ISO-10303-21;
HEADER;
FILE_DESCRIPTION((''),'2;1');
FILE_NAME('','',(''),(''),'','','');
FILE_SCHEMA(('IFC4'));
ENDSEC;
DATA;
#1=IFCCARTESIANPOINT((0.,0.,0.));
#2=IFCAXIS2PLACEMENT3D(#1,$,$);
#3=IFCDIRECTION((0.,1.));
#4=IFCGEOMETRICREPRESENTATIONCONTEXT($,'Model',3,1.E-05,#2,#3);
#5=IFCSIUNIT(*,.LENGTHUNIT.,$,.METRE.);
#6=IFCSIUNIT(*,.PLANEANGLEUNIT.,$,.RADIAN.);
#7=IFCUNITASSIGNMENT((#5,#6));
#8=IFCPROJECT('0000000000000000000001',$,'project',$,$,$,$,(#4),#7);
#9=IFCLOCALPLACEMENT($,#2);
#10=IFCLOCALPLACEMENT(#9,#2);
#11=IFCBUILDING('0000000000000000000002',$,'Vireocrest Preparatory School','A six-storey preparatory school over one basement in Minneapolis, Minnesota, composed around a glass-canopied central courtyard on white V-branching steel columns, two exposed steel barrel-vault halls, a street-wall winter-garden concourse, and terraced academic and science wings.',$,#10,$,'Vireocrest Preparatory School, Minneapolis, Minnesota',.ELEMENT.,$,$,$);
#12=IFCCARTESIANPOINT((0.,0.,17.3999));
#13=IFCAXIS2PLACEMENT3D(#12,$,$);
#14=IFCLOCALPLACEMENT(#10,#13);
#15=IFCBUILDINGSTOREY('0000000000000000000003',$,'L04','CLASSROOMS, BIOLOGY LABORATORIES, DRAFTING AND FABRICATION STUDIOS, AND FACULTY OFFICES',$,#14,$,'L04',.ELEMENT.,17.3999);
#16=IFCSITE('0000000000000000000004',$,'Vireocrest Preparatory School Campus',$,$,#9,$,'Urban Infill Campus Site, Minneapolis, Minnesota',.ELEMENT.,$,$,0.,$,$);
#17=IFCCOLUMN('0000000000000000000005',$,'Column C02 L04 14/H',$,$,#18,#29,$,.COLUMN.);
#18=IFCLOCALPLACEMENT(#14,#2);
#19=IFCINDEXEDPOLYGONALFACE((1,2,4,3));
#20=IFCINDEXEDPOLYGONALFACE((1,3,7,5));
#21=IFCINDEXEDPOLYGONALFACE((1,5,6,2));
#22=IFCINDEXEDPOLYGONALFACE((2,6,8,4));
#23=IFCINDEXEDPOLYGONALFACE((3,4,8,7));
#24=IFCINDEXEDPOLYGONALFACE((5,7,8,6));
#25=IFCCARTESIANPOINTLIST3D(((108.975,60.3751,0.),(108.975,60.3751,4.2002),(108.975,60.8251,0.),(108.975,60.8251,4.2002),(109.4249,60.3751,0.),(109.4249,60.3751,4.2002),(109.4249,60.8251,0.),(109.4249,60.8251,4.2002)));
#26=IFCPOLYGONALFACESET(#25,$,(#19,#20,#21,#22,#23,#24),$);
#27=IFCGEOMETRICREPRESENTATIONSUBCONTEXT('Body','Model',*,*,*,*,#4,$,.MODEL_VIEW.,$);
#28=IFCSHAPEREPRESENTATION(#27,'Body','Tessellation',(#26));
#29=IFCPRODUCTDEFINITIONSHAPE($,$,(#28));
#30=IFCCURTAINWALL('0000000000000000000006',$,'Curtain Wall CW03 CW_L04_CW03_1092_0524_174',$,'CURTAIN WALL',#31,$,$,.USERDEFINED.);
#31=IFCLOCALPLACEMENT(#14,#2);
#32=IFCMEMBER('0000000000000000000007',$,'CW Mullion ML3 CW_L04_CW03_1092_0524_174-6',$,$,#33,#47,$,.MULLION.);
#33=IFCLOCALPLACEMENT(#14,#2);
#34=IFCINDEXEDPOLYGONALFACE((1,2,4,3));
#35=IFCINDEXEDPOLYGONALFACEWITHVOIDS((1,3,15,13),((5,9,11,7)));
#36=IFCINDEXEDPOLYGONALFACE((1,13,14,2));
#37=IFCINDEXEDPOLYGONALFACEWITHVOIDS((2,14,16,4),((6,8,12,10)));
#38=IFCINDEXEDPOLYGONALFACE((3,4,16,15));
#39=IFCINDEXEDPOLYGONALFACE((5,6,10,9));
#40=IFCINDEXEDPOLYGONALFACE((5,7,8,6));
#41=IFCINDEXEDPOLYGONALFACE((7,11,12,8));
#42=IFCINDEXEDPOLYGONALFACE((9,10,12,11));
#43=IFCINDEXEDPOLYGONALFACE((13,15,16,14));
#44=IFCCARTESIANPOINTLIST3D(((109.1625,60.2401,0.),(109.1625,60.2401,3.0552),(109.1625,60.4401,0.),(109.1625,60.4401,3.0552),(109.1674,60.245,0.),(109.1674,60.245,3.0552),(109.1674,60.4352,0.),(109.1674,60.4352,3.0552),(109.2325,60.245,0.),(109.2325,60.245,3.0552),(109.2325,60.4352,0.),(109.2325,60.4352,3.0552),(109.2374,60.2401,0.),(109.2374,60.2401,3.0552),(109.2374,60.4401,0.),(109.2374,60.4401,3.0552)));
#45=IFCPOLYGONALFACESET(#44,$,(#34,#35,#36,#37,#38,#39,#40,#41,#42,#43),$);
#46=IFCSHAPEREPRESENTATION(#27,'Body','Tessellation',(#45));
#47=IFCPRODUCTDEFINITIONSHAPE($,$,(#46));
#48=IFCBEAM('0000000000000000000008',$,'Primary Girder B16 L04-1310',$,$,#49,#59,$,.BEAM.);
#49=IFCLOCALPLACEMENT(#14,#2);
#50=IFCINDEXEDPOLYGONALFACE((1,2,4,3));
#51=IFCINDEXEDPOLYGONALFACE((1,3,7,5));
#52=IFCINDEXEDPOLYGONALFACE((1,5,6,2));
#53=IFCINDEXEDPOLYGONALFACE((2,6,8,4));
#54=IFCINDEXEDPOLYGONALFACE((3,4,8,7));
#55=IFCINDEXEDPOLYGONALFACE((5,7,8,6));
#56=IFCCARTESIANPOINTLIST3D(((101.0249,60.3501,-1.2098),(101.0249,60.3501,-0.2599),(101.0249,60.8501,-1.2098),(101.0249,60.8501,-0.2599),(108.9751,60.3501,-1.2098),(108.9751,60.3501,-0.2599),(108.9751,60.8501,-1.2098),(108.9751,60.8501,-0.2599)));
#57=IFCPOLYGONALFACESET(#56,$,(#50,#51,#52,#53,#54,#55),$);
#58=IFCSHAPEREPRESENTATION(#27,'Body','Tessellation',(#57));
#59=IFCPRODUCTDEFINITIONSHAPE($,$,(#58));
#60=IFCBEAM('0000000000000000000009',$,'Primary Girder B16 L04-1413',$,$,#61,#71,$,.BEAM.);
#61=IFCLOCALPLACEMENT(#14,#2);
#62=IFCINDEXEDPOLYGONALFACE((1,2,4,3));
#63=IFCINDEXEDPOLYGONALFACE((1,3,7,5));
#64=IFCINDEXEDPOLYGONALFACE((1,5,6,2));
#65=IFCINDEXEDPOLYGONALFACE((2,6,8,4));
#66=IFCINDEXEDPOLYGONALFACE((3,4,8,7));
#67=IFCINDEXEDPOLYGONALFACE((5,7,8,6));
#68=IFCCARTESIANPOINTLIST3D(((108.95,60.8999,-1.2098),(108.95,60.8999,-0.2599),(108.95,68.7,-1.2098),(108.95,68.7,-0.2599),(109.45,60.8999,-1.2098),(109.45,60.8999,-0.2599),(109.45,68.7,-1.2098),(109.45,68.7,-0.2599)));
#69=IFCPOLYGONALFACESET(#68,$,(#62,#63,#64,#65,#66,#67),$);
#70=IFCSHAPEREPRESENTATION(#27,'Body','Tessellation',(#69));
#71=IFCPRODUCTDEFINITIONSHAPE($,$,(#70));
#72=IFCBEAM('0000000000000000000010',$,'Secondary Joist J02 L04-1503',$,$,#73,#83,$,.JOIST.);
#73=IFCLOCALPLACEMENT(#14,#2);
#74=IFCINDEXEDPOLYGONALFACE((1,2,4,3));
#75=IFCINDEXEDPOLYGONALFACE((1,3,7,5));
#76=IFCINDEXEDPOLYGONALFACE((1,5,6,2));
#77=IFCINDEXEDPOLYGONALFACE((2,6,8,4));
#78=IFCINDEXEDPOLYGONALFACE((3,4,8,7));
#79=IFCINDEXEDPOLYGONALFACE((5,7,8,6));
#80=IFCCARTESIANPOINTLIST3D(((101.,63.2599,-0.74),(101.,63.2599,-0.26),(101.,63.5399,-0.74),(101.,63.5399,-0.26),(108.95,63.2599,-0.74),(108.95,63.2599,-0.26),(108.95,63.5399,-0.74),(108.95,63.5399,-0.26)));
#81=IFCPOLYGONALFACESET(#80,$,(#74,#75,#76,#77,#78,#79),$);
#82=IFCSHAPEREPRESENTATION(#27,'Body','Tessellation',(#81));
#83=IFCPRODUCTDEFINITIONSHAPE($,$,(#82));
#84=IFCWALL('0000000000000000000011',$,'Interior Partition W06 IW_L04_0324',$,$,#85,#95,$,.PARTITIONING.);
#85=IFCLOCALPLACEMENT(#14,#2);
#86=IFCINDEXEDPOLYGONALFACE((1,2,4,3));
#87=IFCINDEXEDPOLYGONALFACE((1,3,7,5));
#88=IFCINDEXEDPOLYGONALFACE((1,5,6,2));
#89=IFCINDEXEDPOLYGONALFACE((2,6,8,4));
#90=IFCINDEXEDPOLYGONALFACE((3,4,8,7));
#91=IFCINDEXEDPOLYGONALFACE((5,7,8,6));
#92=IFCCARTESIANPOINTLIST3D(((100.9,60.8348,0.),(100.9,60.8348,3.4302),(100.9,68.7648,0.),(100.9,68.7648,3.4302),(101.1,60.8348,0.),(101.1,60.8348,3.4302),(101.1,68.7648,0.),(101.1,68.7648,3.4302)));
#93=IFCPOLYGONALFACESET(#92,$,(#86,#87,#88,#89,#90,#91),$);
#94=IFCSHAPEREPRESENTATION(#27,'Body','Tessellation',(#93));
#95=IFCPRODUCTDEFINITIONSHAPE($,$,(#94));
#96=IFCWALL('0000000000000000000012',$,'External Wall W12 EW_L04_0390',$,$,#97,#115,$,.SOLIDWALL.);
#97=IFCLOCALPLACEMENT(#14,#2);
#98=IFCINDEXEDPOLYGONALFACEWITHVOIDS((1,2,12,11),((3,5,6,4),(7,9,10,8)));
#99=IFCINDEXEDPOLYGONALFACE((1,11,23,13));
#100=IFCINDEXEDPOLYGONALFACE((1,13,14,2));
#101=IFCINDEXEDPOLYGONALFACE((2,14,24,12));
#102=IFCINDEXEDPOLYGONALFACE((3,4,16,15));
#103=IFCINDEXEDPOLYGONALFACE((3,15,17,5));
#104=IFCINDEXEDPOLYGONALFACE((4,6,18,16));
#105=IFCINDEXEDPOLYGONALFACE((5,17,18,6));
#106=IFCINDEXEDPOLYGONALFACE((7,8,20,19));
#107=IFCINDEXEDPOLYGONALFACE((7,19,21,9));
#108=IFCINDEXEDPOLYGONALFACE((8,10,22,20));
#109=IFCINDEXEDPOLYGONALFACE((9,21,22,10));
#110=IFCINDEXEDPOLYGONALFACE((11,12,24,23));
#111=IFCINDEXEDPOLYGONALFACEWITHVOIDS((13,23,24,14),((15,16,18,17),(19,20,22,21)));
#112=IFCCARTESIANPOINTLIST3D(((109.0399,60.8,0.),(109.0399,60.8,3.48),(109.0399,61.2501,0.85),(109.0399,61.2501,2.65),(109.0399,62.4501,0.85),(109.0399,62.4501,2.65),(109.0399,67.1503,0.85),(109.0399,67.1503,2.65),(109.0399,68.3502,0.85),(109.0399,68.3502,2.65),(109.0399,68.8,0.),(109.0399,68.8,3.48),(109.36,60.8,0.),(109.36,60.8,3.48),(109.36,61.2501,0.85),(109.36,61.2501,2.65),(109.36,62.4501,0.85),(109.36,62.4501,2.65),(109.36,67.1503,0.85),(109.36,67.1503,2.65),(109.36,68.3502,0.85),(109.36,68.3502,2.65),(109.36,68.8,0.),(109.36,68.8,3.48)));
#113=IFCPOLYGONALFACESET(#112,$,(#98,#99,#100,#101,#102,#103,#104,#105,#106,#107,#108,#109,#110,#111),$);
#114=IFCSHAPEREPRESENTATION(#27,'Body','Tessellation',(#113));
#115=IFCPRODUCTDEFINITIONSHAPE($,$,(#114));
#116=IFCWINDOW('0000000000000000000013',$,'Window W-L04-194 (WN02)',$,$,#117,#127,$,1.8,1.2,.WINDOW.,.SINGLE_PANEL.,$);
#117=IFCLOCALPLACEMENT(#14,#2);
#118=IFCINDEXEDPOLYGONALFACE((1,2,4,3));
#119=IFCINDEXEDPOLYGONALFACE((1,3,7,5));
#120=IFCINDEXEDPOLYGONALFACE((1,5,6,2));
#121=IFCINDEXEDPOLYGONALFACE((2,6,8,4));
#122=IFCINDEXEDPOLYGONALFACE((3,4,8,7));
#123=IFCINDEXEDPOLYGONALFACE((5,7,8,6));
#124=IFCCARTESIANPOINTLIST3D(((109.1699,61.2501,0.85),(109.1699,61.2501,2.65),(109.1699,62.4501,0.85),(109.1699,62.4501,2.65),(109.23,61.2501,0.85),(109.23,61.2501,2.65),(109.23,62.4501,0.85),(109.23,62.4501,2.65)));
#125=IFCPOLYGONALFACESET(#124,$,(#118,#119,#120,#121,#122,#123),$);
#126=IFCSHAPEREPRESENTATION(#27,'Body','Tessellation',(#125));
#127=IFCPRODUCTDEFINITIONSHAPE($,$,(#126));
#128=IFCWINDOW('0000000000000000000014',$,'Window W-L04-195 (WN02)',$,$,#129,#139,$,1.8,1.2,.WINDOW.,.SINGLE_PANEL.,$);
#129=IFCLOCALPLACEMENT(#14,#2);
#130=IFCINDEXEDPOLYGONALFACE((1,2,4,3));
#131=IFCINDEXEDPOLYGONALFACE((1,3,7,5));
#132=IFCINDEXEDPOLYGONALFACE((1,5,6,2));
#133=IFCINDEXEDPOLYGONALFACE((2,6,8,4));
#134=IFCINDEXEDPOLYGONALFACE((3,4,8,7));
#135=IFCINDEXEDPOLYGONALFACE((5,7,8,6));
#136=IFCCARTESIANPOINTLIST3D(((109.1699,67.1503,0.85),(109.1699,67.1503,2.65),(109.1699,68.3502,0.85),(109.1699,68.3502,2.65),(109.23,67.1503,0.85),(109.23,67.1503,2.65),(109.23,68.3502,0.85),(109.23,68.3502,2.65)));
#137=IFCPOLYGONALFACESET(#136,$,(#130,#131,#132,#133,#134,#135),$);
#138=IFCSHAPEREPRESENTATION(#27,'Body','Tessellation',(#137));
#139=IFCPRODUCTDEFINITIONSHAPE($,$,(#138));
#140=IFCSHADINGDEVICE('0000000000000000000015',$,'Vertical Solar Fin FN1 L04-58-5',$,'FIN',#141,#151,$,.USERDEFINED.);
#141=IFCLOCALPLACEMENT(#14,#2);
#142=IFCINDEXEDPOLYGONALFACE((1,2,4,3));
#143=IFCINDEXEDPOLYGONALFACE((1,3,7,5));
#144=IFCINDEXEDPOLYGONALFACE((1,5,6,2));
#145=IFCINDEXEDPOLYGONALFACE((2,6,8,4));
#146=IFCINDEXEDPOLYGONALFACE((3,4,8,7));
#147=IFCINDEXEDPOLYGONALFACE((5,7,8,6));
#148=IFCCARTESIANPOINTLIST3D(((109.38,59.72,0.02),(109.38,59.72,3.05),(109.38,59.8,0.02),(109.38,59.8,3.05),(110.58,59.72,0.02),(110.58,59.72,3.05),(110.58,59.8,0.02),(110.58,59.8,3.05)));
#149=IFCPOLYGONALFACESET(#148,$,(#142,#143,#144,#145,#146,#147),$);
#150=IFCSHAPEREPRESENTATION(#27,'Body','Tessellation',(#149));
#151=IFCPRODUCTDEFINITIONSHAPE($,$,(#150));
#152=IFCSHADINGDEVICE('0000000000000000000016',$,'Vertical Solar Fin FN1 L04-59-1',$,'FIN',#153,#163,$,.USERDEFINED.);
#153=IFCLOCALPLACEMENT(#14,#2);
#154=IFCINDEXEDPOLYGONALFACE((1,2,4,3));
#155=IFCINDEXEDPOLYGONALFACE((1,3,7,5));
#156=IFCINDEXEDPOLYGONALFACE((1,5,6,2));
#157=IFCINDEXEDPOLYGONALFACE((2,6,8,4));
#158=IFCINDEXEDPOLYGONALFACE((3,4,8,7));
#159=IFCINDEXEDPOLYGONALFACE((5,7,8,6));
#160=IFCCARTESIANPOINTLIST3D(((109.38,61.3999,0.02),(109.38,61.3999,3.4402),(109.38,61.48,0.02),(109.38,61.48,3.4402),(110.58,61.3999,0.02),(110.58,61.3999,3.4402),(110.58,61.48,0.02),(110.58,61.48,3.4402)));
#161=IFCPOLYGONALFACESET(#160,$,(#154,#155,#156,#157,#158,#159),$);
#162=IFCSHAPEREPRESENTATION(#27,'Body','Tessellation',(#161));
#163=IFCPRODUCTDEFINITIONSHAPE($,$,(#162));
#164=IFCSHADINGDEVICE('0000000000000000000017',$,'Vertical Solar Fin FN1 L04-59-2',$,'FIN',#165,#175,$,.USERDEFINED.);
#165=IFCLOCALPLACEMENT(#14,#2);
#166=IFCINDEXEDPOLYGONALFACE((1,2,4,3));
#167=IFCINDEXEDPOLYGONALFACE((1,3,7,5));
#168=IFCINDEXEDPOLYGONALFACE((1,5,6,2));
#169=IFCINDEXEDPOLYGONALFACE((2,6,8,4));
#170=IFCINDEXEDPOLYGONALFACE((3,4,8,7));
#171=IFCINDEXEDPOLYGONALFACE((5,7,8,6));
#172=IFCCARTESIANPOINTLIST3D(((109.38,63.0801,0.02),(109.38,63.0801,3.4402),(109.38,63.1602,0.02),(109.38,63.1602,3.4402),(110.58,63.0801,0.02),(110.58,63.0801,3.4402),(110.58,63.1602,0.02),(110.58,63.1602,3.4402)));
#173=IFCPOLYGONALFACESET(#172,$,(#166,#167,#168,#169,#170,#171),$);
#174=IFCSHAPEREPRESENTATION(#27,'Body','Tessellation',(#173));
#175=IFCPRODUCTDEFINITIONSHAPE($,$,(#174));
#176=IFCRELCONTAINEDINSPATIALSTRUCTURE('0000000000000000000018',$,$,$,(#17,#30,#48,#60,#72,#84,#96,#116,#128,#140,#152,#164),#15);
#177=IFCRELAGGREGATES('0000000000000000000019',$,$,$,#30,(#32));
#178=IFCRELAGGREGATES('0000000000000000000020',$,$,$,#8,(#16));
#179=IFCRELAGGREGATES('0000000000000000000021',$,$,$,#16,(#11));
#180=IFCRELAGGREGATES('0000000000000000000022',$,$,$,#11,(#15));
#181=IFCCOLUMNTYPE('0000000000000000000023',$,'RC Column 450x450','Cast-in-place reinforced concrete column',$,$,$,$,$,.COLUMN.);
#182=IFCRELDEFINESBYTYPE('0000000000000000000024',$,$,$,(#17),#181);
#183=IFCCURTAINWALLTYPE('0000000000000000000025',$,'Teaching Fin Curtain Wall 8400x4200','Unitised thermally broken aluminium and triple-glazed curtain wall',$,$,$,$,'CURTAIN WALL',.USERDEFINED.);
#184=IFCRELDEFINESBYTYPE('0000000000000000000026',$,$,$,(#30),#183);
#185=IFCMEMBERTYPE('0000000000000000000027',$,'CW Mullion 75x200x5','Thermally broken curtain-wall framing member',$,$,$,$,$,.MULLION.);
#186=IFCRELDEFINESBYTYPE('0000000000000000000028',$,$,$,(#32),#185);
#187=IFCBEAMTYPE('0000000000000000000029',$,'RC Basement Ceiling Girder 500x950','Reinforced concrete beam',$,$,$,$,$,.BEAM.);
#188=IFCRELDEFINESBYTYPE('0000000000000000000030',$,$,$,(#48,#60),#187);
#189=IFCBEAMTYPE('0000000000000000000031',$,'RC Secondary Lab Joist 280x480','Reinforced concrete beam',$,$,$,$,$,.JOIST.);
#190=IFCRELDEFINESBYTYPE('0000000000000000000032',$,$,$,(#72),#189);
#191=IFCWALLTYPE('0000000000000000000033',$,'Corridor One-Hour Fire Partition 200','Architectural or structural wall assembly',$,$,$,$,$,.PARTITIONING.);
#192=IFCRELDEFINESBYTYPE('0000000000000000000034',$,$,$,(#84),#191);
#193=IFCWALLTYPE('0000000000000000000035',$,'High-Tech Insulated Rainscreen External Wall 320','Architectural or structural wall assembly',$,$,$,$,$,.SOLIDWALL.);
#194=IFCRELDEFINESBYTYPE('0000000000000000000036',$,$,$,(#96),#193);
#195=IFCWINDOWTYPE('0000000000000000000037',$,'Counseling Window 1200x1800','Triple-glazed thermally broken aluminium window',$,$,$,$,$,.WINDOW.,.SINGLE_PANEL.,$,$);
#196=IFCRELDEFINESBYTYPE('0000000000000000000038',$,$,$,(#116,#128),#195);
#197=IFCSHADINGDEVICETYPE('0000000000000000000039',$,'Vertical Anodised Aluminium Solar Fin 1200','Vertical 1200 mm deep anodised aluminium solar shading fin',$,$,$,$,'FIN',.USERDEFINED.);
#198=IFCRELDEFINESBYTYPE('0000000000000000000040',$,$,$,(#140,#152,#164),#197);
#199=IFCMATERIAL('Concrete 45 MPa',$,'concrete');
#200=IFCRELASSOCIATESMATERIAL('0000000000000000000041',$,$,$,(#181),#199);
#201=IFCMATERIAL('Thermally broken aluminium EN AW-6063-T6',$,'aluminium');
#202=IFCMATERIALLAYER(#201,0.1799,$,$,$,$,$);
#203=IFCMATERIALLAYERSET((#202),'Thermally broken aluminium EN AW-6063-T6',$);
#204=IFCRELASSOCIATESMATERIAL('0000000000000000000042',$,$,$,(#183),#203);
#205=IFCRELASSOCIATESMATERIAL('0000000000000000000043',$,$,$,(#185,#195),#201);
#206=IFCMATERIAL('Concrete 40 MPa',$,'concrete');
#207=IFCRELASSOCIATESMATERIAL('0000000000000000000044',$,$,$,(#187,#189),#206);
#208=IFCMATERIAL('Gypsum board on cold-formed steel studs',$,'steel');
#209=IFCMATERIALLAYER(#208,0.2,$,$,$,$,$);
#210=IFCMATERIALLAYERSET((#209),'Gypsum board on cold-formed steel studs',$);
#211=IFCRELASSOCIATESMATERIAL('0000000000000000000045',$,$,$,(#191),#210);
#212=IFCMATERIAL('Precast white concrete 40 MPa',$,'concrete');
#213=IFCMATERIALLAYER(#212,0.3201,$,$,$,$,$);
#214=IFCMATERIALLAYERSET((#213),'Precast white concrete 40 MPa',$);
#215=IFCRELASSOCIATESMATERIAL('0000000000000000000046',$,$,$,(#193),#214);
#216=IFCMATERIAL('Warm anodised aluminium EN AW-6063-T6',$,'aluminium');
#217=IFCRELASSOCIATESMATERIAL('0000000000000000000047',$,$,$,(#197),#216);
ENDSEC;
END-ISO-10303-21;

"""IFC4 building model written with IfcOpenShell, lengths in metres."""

from ifc_helpers import new_model, si_unit, direction, frame, frame_2d, origin, origin_2d, place, context, subcontext, project, spatial, rectangle, hollow_rectangle, extrude, material, layer, layer_set, material_profile, profile_set, type_object, element, fill, aggregate, save


model = new_model("IFC4")

# Units and contexts
model_context = context("Model", 3, precision=1e-05, world=origin(), true_north=direction((0.0, 1.0)))
body_context = subcontext(model_context, "Body", "Model", "MODEL_VIEW")
ifc_project = project(units=[si_unit("LENGTHUNIT", "METRE"), si_unit("PLANEANGLEUNIT", "RADIAN")], contexts=[model_context])

# Site, building, storey
site_placement = place(None, origin())
site = spatial("IfcSite", under=ifc_project, at=site_placement, Name="Vireocrest Preparatory School Campus", LongName="Urban Infill Campus Site, Minneapolis, Minnesota", CompositionType="ELEMENT", RefElevation=0.0)
building_placement = place(site_placement, origin())
building = spatial("IfcBuilding", under=site, at=building_placement, Name="Vireocrest Preparatory School", Description="A six-storey preparatory school over one basement in Minneapolis, Minnesota, composed around a glass-canopied central courtyard on white V-branching steel columns, two exposed steel barrel-vault halls, a street-wall winter-garden concourse, and terraced academic and science wings.", LongName="Vireocrest Preparatory School, Minneapolis, Minnesota", CompositionType="ELEMENT")
storey_placement = place(building_placement, frame((0.0, 0.0, 17.3999)))
storey = spatial("IfcBuildingStorey", under=building, at=storey_placement, Name="L04", Description="CLASSROOMS, BIOLOGY LABORATORIES, DRAFTING AND FABRICATION STUDIOS, AND FACULTY OFFICES", LongName="L04", CompositionType="ELEMENT", Elevation=17.3999)

# Column
ifc_material_1 = material(Name="Concrete 45 MPa", Category="concrete")
ifc_material_profile_1 = material_profile(ifc_material_1, rectangle(XDim=0.45, YDim=0.45, at=origin_2d()), Name="RC 450x450")
ifc_profile_set_1 = profile_set([ifc_material_profile_1], Name="Concrete 45 MPa")
column_type = type_object("IfcColumnType", Name="RC Column 450x450", Description="Cast-in-place reinforced concrete column", PredefinedType="COLUMN", material=ifc_profile_set_1)
column_placement = place(storey_placement, frame((109.2, 60.6001, 0.0), z_axis=(0.0, 0.0, 1.0), x_axis=(1.0, 0.0, 0.0)))
element("IfcColumn", 1, at=column_placement, inside=storey, type_object=column_type, Name="Column C02 L04 14/H", PredefinedType="COLUMN", context=body_context, shape_type="SweptSolid", body=[
    extrude(rectangle(XDim=0.45, YDim=0.45, at=origin_2d()), origin(), (0.0, 0.0, 1.0), 4.2002),
])

# Curtain wall, member
ifc_material_2 = material(Name="Thermally broken aluminium EN AW-6063-T6", Category="aluminium")
ifc_layer_1 = layer(ifc_material_2, 0.1799)
ifc_layer_set_1 = layer_set([ifc_layer_1], Name="Thermally broken aluminium EN AW-6063-T6")
curtain_wall_type = type_object("IfcCurtainWallType", Name="Teaching Fin Curtain Wall 8400x4200", Description="Unitised thermally broken aluminium and triple-glazed curtain wall", ElementType="CURTAIN WALL", PredefinedType="USERDEFINED", material=ifc_layer_set_1)
curtain_wall_placement = place(storey_placement, origin())
curtain_wall = element("IfcCurtainWall", 2, at=curtain_wall_placement, inside=storey, type_object=curtain_wall_type, Name="Curtain Wall CW03 CW_L04_CW03_1092_0524_174", ObjectType="CURTAIN WALL", PredefinedType="USERDEFINED")
ifc_material_profile_2 = material_profile(ifc_material_2, hollow_rectangle(XDim=0.075, YDim=0.2, WallThickness=0.0049, at=origin_2d()), Name="ALU 75x200x5")
ifc_profile_set_2 = profile_set([ifc_material_profile_2], Name="Thermally broken aluminium EN AW-6063-T6")
member_type = type_object("IfcMemberType", Name="CW Mullion 75x200x5", Description="Thermally broken curtain-wall framing member", PredefinedType="MULLION", material=ifc_profile_set_2)
member_placement = place(storey_placement, frame((109.2, 60.3401, 0.0), z_axis=(0.0, 0.0, 1.0), x_axis=(1.0, 0.0, 0.0)))
member = element("IfcMember", 3, at=member_placement, type_object=member_type, Name="CW Mullion ML3 CW_L04_CW03_1092_0524_174-6", PredefinedType="MULLION", context=body_context, shape_type="SweptSolid", body=[
    extrude(hollow_rectangle(XDim=0.075, YDim=0.2, WallThickness=0.0049, at=origin_2d()), origin(), (0.0, 0.0, 1.0), 3.0552),
])
aggregate(curtain_wall, [member])

# Beams
ifc_material_3 = material(Name="Concrete 40 MPa", Category="concrete")
ifc_material_profile_3 = material_profile(ifc_material_3, rectangle(XDim=0.5, YDim=0.95, at=origin_2d()), Name="RC 500x950")
ifc_profile_set_3 = profile_set([ifc_material_profile_3], Name="Concrete 40 MPa")
beam_type_1 = type_object("IfcBeamType", Name="RC Basement Ceiling Girder 500x950", Description="Reinforced concrete beam", PredefinedType="BEAM", material=ifc_profile_set_3)
beam_1_placement = place(storey_placement, frame((101.0249, 60.6001, -0.7349), z_axis=(1.0, 0.0, 0.0), x_axis=(0.0, 1.0, 0.0)))
element("IfcBeam", 4, at=beam_1_placement, inside=storey, type_object=beam_type_1, Name="Primary Girder B16 L04-1310", PredefinedType="BEAM", context=body_context, shape_type="SweptSolid", body=[
    extrude(rectangle(XDim=0.5, YDim=0.95, at=origin_2d()), origin(), (0.0, 0.0, 1.0), 7.9502),
])
beam_2_placement = place(storey_placement, frame((109.2, 60.8999, -0.7349), z_axis=(0.0, 1.0, 0.0), x_axis=(-1.0, 0.0, 0.0)))
element("IfcBeam", 5, at=beam_2_placement, inside=storey, type_object=beam_type_1, Name="Primary Girder B16 L04-1413", PredefinedType="BEAM", context=body_context, shape_type="SweptSolid", body=[
    extrude(rectangle(XDim=0.5, YDim=0.95, at=origin_2d()), origin(), (0.0, 0.0, 1.0), 7.8),
])
ifc_material_profile_4 = material_profile(ifc_material_3, rectangle(XDim=0.28, YDim=0.48, at=origin_2d()), Name="RC 280x480")
ifc_profile_set_4 = profile_set([ifc_material_profile_4], Name="Concrete 40 MPa")
beam_type_2 = type_object("IfcBeamType", Name="RC Secondary Lab Joist 280x480", Description="Reinforced concrete beam", PredefinedType="JOIST", material=ifc_profile_set_4)
beam_3_placement = place(storey_placement, frame((101.0, 63.3999, -0.5), z_axis=(1.0, 0.0, 0.0), x_axis=(0.0, 1.0, 0.0)))
element("IfcBeam", 6, at=beam_3_placement, inside=storey, type_object=beam_type_2, Name="Secondary Joist J02 L04-1503", PredefinedType="JOIST", context=body_context, shape_type="SweptSolid", body=[
    extrude(rectangle(XDim=0.28, YDim=0.48, at=origin_2d()), origin(), (0.0, 0.0, 1.0), 7.95),
])

# Wall
ifc_material_4 = material(Name="Gypsum board on cold-formed steel studs", Category="steel")
ifc_layer_2 = layer(ifc_material_4, 0.2)
ifc_layer_set_2 = layer_set([ifc_layer_2], Name="Gypsum board on cold-formed steel studs")
wall_type_1 = type_object("IfcWallType", Name="Corridor One-Hour Fire Partition 200", Description="Architectural or structural wall assembly", PredefinedType="PARTITIONING", material=ifc_layer_set_2)
wall_1_placement = place(storey_placement, frame((101.0, 60.835, 0.0), z_axis=(0.0, 0.0, 1.0), x_axis=(0.0, 1.0, 0.0)))
element("IfcWall", 7, at=wall_1_placement, inside=storey, type_object=wall_type_1, Name="Interior Partition W06 IW_L04_0324", PredefinedType="PARTITIONING", context=body_context, shape_type="SweptSolid", body=[
    extrude(rectangle(XDim=7.9299, YDim=0.2, at=frame_2d((3.9648, 0.0))), origin(), (0.0, 0.0, 1.0), 3.4302),
])

# Wall, openings, windows
ifc_material_5 = material(Name="Precast white concrete 40 MPa", Category="concrete")
ifc_layer_3 = layer(ifc_material_5, 0.3201)
ifc_layer_set_3 = layer_set([ifc_layer_3], Name="Precast white concrete 40 MPa")
wall_type_2 = type_object("IfcWallType", Name="High-Tech Insulated Rainscreen External Wall 320", Description="Architectural or structural wall assembly", PredefinedType="SOLIDWALL", material=ifc_layer_set_3)
wall_2_placement = place(storey_placement, frame((109.2, 60.8, 0.0), z_axis=(0.0, 0.0, 1.0), x_axis=(0.0, 1.0, 0.0)))
wall_2 = element("IfcWall", 8, at=wall_2_placement, inside=storey, type_object=wall_type_2, Name="External Wall W12 EW_L04_0390", PredefinedType="SOLIDWALL", context=body_context, shape_type="SweptSolid", body=[
    extrude(rectangle(XDim=8.0, YDim=0.3201, at=frame_2d((4.0, 0.0))), origin(), (0.0, 0.0, 1.0), 3.48),
])
opening_1_placement = place(wall_2_placement, frame((0.45, 0.0, 0.8501)))
opening_1 = element("IfcOpeningElement", 9, at=opening_1_placement, cuts=wall_2, PredefinedType="OPENING", context=body_context, shape_type="SweptSolid", body=[
    extrude(rectangle(XDim=1.2, YDim=1.8, at=frame_2d((0.6001, 0.8999))), frame((0.0, 0.1699, 0.0), z_axis=(0.0, -1.0, 0.0), x_axis=(1.0, 0.0, 0.0)), (0.0, 0.0, 1.0), 0.3401),
])
opening_2_placement = place(wall_2_placement, frame((6.3501, 0.0, 0.8501)))
opening_2 = element("IfcOpeningElement", 10, at=opening_2_placement, cuts=wall_2, PredefinedType="OPENING", context=body_context, shape_type="SweptSolid", body=[
    extrude(rectangle(XDim=1.2, YDim=1.8, at=frame_2d((0.6001, 0.8999))), frame((0.0, 0.1699, 0.0), z_axis=(0.0, -1.0, 0.0), x_axis=(1.0, 0.0, 0.0)), (0.0, 0.0, 1.0), 0.3401),
])
window_type = type_object("IfcWindowType", Name="Counseling Window 1200x1800", Description="Triple-glazed thermally broken aluminium window", PartitioningType="SINGLE_PANEL", PredefinedType="WINDOW", material=ifc_material_2)
window_1_placement = place(opening_1_placement, origin())
window_1 = element("IfcWindow", 11, at=window_1_placement, inside=storey, type_object=window_type, Name="Window W-L04-194 (WN02)", OverallHeight=1.8, OverallWidth=1.2, PartitioningType="SINGLE_PANEL", PredefinedType="WINDOW", context=body_context, shape_type="SweptSolid", body=[
    extrude(rectangle(XDim=1.2, YDim=1.8, at=frame_2d((0.6001, 0.8999))), frame((0.0, 0.03, 0.0), z_axis=(0.0, -1.0, 0.0), x_axis=(1.0, 0.0, 0.0)), (0.0, 0.0, 1.0), 0.0601),
])
fill(opening_1, window_1)
window_2_placement = place(opening_2_placement, origin())
window_2 = element("IfcWindow", 12, at=window_2_placement, inside=storey, type_object=window_type, Name="Window W-L04-195 (WN02)", OverallHeight=1.8, OverallWidth=1.2, PartitioningType="SINGLE_PANEL", PredefinedType="WINDOW", context=body_context, shape_type="SweptSolid", body=[
    extrude(rectangle(XDim=1.2, YDim=1.8, at=frame_2d((0.6001, 0.8999))), frame((0.0, 0.03, 0.0), z_axis=(0.0, -1.0, 0.0), x_axis=(1.0, 0.0, 0.0)), (0.0, 0.0, 1.0), 0.0601),
])
fill(opening_2, window_2)

# Shading devices
ifc_material_6 = material(Name="Warm anodised aluminium EN AW-6063-T6", Category="aluminium")
ifc_material_profile_5 = material_profile(ifc_material_6, rectangle(XDim=0.0801, YDim=1.2, at=origin_2d()), Name="FIN 80x1200")
ifc_profile_set_5 = profile_set([ifc_material_profile_5], Name="Warm anodised aluminium EN AW-6063-T6")
shading_device_type = type_object("IfcShadingDeviceType", Name="Vertical Anodised Aluminium Solar Fin 1200", Description="Vertical 1200 mm deep anodised aluminium solar shading fin", ElementType="FIN", PredefinedType="USERDEFINED", material=ifc_profile_set_5)
shading_device_placement = place(storey_placement, frame((109.98, 59.76, 0.02), z_axis=(0.0, 0.0, 1.0), x_axis=(0.0, -1.0, 0.0)))
element("IfcShadingDevice", 13, at=shading_device_placement, inside=storey, type_object=shading_device_type, Name="Vertical Solar Fin FN1 L04-58-5", ObjectType="FIN", PredefinedType="USERDEFINED", context=body_context, shape_type="SweptSolid", body=[
    extrude(rectangle(XDim=0.0801, YDim=1.2, at=origin_2d()), origin(), (0.0, 0.0, 1.0), 3.03),
])
for number, where, z_axis, x_axis, name in (
    (14, (109.98, 61.4399, 0.02), (0.0, 0.0, 1.0), (0.0, -1.0, 0.0), "Vertical Solar Fin FN1 L04-59-1"),
    (15, (109.98, 63.1201, 0.02), (0.0, 0.0, 1.0), (0.0, -1.0, 0.0), "Vertical Solar Fin FN1 L04-59-2"),
):
    element("IfcShadingDevice", number, at=place(storey_placement, frame(where, z_axis=z_axis, x_axis=x_axis)), inside=storey, type_object=shading_device_type, Name=name, ObjectType="FIN", PredefinedType="USERDEFINED", context=body_context, shape_type="SweptSolid", body=[
        extrude(rectangle(XDim=0.0801, YDim=1.2, at=origin_2d()), origin(), (0.0, 0.0, 1.0), 3.4202),
    ])

save(model, "model.ifc")
